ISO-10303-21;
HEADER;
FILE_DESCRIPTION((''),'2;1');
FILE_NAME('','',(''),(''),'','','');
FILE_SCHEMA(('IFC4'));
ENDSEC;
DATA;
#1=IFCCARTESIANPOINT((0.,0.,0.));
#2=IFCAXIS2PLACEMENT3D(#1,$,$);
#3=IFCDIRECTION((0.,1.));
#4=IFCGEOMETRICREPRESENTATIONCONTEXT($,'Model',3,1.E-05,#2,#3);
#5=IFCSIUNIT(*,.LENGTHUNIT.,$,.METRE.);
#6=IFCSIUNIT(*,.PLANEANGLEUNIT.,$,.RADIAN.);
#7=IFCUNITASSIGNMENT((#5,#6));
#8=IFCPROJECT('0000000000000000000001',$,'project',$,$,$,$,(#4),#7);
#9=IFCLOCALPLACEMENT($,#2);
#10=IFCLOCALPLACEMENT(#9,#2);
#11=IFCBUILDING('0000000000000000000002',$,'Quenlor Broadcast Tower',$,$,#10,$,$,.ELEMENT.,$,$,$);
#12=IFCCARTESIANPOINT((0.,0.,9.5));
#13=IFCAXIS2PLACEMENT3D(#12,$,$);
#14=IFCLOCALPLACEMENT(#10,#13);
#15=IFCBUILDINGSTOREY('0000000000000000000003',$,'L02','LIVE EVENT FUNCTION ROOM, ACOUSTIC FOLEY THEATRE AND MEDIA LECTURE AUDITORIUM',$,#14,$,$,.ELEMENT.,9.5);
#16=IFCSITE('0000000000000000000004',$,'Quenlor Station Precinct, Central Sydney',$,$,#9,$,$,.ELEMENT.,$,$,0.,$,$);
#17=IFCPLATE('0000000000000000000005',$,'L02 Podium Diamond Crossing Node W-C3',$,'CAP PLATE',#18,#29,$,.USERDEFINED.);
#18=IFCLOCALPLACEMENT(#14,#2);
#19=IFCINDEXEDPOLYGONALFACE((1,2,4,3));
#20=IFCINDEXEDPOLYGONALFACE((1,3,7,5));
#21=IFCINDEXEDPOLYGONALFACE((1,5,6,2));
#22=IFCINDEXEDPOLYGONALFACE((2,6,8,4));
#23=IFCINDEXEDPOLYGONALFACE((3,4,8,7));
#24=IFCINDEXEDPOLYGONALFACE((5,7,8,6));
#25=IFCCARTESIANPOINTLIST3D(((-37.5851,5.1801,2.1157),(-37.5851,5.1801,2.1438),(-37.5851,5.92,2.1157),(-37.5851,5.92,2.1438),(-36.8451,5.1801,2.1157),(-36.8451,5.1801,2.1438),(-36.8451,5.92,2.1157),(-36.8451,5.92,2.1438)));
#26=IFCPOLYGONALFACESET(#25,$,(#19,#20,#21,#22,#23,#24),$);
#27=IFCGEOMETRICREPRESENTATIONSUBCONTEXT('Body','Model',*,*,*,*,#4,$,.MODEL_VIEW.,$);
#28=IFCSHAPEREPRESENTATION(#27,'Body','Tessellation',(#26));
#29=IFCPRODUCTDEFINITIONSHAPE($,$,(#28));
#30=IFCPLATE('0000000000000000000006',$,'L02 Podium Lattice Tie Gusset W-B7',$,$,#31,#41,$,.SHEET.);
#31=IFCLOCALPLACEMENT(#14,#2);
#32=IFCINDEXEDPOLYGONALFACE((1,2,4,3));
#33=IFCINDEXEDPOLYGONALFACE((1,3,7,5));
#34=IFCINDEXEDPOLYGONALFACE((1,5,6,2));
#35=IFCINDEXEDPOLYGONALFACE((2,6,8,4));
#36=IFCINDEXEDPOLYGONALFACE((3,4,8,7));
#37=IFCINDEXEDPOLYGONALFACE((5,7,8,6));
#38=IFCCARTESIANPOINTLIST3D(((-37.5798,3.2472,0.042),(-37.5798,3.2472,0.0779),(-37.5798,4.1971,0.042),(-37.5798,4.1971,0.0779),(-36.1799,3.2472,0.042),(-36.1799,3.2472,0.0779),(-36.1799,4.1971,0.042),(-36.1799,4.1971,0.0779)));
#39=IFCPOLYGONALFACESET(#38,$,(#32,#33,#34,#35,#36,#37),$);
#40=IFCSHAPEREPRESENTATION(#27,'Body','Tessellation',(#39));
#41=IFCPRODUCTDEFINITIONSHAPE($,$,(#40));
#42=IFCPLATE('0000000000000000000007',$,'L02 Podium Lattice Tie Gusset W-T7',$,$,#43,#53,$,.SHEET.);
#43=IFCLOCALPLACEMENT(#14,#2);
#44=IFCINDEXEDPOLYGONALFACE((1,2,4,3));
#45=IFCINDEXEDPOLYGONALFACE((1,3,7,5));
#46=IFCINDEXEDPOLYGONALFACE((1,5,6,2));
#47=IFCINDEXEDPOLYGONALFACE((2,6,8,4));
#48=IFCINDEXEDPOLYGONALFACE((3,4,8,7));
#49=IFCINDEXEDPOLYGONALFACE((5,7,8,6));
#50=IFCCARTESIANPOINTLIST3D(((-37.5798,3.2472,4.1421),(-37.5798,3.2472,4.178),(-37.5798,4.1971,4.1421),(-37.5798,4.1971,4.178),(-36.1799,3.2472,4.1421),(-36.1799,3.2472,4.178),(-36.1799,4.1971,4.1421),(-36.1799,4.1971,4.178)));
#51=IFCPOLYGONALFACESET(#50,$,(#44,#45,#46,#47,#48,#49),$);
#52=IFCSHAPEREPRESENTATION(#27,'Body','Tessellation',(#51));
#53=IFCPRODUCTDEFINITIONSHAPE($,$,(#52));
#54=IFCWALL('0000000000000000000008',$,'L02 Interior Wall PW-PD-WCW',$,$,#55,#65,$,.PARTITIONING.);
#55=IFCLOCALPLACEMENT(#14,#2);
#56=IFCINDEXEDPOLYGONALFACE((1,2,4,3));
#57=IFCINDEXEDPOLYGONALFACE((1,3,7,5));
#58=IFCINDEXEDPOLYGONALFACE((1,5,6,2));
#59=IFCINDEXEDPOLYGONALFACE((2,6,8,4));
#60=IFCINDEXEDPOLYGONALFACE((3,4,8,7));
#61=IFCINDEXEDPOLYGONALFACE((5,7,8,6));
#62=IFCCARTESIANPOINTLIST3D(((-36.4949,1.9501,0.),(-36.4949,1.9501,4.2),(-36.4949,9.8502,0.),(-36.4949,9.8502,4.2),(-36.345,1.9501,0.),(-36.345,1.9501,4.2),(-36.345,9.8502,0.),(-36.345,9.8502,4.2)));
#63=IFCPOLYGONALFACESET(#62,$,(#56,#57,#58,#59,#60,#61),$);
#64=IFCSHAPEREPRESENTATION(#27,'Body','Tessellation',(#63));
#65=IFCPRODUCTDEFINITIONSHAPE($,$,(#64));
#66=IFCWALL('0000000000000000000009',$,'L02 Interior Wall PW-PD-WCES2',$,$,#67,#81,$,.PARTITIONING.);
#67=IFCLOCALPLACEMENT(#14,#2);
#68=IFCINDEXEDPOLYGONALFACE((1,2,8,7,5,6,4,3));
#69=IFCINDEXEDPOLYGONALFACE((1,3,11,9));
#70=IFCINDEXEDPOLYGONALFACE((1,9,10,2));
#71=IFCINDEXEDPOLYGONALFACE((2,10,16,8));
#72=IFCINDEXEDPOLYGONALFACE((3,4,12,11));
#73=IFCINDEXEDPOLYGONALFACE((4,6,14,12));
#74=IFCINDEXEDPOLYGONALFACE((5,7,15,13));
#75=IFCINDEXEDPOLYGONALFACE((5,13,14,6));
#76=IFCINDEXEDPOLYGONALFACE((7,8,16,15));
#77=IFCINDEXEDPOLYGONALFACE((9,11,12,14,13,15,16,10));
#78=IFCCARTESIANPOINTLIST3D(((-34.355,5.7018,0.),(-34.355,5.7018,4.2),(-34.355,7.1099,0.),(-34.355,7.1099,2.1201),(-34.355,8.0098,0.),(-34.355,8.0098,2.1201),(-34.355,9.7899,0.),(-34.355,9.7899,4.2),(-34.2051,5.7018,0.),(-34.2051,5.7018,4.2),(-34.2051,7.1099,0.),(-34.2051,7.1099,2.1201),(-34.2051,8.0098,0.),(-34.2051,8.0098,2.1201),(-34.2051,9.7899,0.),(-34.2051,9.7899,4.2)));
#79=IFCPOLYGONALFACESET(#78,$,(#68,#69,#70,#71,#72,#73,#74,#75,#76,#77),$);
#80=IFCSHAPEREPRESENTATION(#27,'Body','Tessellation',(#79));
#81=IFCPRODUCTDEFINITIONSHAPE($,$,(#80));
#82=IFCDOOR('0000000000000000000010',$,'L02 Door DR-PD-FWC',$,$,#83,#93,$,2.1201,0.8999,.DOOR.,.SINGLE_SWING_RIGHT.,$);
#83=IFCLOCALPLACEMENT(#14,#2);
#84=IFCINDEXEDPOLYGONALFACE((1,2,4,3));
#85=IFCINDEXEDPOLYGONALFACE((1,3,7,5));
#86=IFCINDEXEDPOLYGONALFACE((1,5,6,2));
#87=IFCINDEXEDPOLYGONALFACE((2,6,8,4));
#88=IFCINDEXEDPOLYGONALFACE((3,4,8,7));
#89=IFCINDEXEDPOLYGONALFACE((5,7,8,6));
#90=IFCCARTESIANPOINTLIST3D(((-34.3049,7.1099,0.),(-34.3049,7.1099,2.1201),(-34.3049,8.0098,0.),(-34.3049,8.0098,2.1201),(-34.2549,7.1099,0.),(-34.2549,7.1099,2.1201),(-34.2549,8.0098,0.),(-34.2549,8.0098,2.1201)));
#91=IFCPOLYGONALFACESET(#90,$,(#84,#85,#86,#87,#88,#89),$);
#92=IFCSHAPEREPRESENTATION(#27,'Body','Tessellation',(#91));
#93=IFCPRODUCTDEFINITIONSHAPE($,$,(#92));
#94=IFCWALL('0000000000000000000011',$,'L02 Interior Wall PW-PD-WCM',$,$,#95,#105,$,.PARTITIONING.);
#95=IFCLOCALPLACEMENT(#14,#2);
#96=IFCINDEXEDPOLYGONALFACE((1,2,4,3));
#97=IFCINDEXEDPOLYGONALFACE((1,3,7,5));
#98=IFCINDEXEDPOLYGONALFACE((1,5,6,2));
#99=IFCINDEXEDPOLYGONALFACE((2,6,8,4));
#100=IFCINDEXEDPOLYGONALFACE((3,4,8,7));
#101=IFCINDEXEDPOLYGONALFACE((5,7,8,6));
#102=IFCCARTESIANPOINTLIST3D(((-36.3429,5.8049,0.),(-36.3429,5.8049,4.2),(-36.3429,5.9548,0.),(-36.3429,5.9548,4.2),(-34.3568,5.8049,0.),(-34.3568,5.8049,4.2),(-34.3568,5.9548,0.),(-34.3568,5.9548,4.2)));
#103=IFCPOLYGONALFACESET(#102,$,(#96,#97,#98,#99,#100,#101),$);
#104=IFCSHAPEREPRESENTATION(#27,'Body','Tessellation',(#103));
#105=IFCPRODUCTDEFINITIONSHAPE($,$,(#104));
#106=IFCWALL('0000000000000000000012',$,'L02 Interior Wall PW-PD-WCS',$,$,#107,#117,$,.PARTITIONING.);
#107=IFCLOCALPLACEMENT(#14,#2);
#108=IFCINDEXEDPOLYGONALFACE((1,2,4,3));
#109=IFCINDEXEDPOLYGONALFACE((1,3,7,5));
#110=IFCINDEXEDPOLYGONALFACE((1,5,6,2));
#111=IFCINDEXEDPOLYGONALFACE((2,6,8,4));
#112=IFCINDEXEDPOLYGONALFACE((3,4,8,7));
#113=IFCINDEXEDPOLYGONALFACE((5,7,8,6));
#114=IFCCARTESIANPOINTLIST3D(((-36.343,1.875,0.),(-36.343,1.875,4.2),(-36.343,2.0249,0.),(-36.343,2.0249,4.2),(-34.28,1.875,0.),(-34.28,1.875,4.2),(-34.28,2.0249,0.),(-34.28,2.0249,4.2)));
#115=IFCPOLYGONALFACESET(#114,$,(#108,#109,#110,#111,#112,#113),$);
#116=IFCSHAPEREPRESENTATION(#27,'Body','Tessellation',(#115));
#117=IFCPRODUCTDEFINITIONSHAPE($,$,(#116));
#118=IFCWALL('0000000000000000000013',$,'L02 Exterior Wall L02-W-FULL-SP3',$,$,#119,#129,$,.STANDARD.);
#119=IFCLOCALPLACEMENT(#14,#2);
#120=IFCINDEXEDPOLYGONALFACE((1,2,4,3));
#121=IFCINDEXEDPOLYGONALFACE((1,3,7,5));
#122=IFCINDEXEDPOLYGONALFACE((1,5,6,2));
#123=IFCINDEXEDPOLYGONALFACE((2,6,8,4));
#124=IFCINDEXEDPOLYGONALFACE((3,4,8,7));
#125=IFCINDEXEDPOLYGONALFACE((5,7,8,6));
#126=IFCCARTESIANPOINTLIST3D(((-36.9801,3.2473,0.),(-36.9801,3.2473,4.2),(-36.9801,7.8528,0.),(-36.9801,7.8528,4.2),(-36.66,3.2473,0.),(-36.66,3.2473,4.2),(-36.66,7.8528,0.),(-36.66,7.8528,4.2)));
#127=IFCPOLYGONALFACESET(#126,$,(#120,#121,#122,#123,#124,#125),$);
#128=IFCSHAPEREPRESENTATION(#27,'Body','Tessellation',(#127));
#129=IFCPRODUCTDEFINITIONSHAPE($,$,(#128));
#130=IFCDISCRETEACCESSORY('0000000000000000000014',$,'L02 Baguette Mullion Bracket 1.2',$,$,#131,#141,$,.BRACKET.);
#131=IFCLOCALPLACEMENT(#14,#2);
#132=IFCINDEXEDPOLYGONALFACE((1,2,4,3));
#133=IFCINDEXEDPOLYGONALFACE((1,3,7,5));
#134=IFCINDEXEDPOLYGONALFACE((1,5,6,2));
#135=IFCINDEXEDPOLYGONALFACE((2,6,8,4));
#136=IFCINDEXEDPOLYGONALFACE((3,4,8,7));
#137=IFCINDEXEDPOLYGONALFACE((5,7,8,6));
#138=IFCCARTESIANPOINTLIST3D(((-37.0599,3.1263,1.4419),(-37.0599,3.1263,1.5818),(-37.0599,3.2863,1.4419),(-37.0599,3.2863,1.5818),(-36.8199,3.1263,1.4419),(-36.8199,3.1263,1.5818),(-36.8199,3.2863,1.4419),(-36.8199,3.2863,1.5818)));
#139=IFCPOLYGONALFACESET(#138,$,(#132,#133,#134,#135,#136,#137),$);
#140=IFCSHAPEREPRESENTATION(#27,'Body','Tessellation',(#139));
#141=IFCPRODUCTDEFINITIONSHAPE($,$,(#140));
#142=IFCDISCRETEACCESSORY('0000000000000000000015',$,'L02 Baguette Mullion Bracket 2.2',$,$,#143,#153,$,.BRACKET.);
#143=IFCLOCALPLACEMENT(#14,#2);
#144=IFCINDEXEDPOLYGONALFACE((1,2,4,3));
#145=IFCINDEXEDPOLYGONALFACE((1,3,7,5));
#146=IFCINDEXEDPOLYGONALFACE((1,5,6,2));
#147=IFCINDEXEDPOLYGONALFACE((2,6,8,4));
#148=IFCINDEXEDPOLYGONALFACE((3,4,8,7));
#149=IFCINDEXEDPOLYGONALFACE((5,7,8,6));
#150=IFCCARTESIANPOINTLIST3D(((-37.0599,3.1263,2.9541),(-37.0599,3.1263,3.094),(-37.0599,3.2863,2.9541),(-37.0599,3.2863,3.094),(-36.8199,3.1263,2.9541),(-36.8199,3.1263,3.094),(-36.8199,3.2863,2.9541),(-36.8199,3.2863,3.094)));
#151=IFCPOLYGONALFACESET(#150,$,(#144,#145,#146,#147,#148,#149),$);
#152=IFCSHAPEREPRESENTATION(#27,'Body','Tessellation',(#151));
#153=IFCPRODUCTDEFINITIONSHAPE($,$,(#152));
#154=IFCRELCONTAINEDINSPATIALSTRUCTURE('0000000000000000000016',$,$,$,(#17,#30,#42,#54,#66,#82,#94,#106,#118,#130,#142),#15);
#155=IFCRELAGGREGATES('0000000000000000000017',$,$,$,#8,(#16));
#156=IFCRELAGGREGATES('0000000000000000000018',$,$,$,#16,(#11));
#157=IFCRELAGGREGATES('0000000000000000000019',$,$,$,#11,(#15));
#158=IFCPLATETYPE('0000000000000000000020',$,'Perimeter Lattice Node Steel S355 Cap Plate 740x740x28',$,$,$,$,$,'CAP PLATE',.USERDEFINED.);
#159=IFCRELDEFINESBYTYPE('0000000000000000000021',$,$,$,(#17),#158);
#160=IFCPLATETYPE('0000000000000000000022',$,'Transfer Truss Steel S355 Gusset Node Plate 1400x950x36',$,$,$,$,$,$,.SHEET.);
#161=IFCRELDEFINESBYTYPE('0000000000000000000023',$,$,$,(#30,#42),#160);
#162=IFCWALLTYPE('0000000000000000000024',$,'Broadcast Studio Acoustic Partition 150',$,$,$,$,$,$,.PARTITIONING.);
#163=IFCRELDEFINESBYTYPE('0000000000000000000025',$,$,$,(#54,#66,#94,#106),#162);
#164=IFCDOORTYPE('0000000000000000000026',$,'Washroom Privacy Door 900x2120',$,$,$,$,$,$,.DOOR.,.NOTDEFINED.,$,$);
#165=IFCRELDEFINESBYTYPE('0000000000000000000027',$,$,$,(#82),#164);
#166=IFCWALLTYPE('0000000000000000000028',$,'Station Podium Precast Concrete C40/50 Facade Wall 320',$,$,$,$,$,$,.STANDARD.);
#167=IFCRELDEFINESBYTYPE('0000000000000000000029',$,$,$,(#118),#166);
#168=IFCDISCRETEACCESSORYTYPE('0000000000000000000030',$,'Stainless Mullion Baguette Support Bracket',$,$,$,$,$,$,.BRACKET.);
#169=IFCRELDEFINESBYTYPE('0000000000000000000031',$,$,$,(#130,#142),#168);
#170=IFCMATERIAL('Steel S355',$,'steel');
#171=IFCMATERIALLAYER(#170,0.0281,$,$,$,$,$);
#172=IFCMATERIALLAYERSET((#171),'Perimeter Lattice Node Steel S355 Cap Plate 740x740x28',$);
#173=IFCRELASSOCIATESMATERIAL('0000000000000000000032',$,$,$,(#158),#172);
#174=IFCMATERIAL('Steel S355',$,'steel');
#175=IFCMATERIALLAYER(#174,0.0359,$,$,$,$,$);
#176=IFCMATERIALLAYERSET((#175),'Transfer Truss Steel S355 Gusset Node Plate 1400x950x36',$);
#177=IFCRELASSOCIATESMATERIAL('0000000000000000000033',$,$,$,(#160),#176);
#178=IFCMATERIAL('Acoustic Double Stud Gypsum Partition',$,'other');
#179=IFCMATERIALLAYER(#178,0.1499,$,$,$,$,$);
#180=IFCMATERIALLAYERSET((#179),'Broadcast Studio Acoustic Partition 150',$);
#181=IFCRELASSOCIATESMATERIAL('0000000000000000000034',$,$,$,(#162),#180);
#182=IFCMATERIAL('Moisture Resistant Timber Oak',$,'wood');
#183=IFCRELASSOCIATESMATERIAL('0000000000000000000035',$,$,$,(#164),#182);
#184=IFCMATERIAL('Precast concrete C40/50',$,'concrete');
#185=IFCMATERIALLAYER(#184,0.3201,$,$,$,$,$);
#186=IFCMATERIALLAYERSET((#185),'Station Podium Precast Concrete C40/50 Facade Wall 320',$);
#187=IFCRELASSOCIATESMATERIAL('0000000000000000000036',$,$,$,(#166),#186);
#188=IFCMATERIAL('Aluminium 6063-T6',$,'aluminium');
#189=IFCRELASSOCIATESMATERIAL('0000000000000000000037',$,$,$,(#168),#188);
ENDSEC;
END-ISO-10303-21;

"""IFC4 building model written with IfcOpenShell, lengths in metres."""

from ifc_helpers import new_model, si_unit, direction, frame, frame_2d, origin, origin_2d, place, context, subcontext, project, spatial, rectangle, extrude, material, layer, layer_set, type_object, element, fill, save


model = new_model("IFC4")

# Units and contexts
model_context = context("Model", 3, precision=1e-05, world=origin(), true_north=direction((0.0, 1.0)))
body_context = subcontext(model_context, "Body", "Model", "MODEL_VIEW")
ifc_project = project(units=[si_unit("LENGTHUNIT", "METRE"), si_unit("PLANEANGLEUNIT", "RADIAN")], contexts=[model_context])

# Site, building, storey
site_placement = place(None, origin())
site = spatial("IfcSite", under=ifc_project, at=site_placement, Name="Quenlor Station Precinct, Central Sydney", CompositionType="ELEMENT", RefElevation=0.0)
building_placement = place(site_placement, origin())
building = spatial("IfcBuilding", under=site, at=building_placement, Name="Quenlor Broadcast Tower", CompositionType="ELEMENT")
storey_placement = place(building_placement, frame((0.0, 0.0, 9.5)))
storey = spatial("IfcBuildingStorey", under=building, at=storey_placement, Name="L02", Description="LIVE EVENT FUNCTION ROOM, ACOUSTIC FOLEY THEATRE AND MEDIA LECTURE AUDITORIUM", CompositionType="ELEMENT", Elevation=9.5)

# Plates
ifc_material_1 = material(Name="Steel S355", Category="steel")
ifc_layer_1 = layer(ifc_material_1, 0.0281)
ifc_layer_set_1 = layer_set([ifc_layer_1], Name="Perimeter Lattice Node Steel S355 Cap Plate 740x740x28")
plate_type_1 = type_object("IfcPlateType", Name="Perimeter Lattice Node Steel S355 Cap Plate 740x740x28", ElementType="CAP PLATE", PredefinedType="USERDEFINED", material=ifc_layer_set_1)
plate_1_placement = place(storey_placement, frame((-37.2151, 5.55, 2.1157), z_axis=(0.0, 0.0, 1.0), x_axis=(0.0, 1.0, 0.0)))
element("IfcPlate", 1, at=plate_1_placement, inside=storey, type_object=plate_type_1, Name="L02 Podium Diamond Crossing Node W-C3", ObjectType="CAP PLATE", PredefinedType="USERDEFINED", context=body_context, shape_type="SweptSolid", body=[
    extrude(rectangle(XDim=0.74, YDim=0.74, at=origin_2d()), origin(), (0.0, 0.0, 1.0), 0.0281),
])
ifc_material_2 = material(Name="Steel S355", Category="steel")
ifc_layer_2 = layer(ifc_material_2, 0.0359)
ifc_layer_set_2 = layer_set([ifc_layer_2], Name="Transfer Truss Steel S355 Gusset Node Plate 1400x950x36")
plate_type_2 = type_object("IfcPlateType", Name="Transfer Truss Steel S355 Gusset Node Plate 1400x950x36", PredefinedType="SHEET", material=ifc_layer_set_2)
for number, where, z_axis, x_axis, name in (
    (2, (-36.8799, 3.7222, 0.042), (0.0, 0.0, 1.0), (-1.0, 0.0, 0.0), "L02 Podium Lattice Tie Gusset W-B7"),
    (3, (-36.8799, 3.7222, 4.1421), (0.0, 0.0, 1.0), (-1.0, 0.0, 0.0), "L02 Podium Lattice Tie Gusset W-T7"),
):
    element("IfcPlate", number, at=place(storey_placement, frame(where, z_axis=z_axis, x_axis=x_axis)), inside=storey, type_object=plate_type_2, Name=name, PredefinedType="SHEET", context=body_context, shape_type="SweptSolid", body=[
        extrude(rectangle(XDim=1.3999, YDim=0.95, at=origin_2d()), origin(), (0.0, 0.0, 1.0), 0.0359),
    ])

# Wall
ifc_material_3 = material(Name="Acoustic Double Stud Gypsum Partition", Category="other")
ifc_layer_3 = layer(ifc_material_3, 0.1499)
ifc_layer_set_3 = layer_set([ifc_layer_3], Name="Broadcast Studio Acoustic Partition 150")
wall_type_1 = type_object("IfcWallType", Name="Broadcast Studio Acoustic Partition 150", PredefinedType="PARTITIONING", material=ifc_layer_set_3)
wall_1_placement = place(storey_placement, frame((-36.4199, 1.95, 0.0), z_axis=(0.0, 0.0, 1.0), x_axis=(0.0, 1.0, 0.0)))
element("IfcWall", 4, at=wall_1_placement, inside=storey, type_object=wall_type_1, Name="L02 Interior Wall PW-PD-WCW", PredefinedType="PARTITIONING", context=body_context, shape_type="SweptSolid", body=[
    extrude(rectangle(XDim=7.9001, YDim=0.1499, at=frame_2d((3.9502, 0.0))), origin(), (0.0, 0.0, 1.0), 4.2),
])

# Wall, opening, door
ifc_material_4 = material(Name="Moisture Resistant Timber Oak", Category="wood")
door_type = type_object("IfcDoorType", Name="Washroom Privacy Door 900x2120", OperationType="NOTDEFINED", PredefinedType="DOOR", material=ifc_material_4)
wall_2_placement = place(storey_placement, frame((-34.28, 5.7019, 0.0), z_axis=(0.0, 0.0, 1.0), x_axis=(0.0, 1.0, 0.0)))
wall_2 = element("IfcWall", 5, at=wall_2_placement, inside=storey, type_object=wall_type_1, Name="L02 Interior Wall PW-PD-WCES2", PredefinedType="PARTITIONING", context=body_context, shape_type="SweptSolid", body=[
    extrude(rectangle(XDim=4.0881, YDim=0.1499, at=frame_2d((2.0439, 0.0))), origin(), (0.0, 0.0, 1.0), 4.2),
])
opening_1_placement = place(wall_2_placement, frame((1.408, 0.0, 0.0)))
opening_1 = element("IfcOpeningElement", 6, at=opening_1_placement, cuts=wall_2, PredefinedType="OPENING", context=body_context, shape_type="SweptSolid", body=[
    extrude(rectangle(XDim=0.8999, YDim=2.1201, at=frame_2d((0.45, 1.0601))), frame((0.0, 0.085, 0.0), z_axis=(0.0, -1.0, 0.0), x_axis=(1.0, 0.0, 0.0)), (0.0, 0.0, 1.0), 0.1699),
])
door_1_placement = place(opening_1_placement, origin())
door_1 = element("IfcDoor", 7, at=door_1_placement, inside=storey, type_object=door_type, Name="L02 Door DR-PD-FWC", OperationType="SINGLE_SWING_RIGHT", OverallHeight=2.1201, OverallWidth=0.8999, PredefinedType="DOOR", context=body_context, shape_type="SweptSolid", body=[
    extrude(rectangle(XDim=0.8999, YDim=2.1201, at=frame_2d((0.45, 1.0601))), frame((0.0, 0.0249, 0.0), z_axis=(0.0, -1.0, 0.0), x_axis=(1.0, 0.0, 0.0)), (0.0, 0.0, 1.0), 0.05),
])
fill(opening_1, door_1)

# Walls
wall_3_placement = place(storey_placement, frame((-36.343, 5.8799, 0.0), z_axis=(0.0, 0.0, 1.0), x_axis=(1.0, 0.0, 0.0)))
element("IfcWall", 8, at=wall_3_placement, inside=storey, type_object=wall_type_1, Name="L02 Interior Wall PW-PD-WCM", PredefinedType="PARTITIONING", context=body_context, shape_type="SweptSolid", body=[
    extrude(rectangle(XDim=1.9861, YDim=0.1499, at=frame_2d((0.9932, 0.0))), origin(), (0.0, 0.0, 1.0), 4.2),
])
wall_4_placement = place(storey_placement, frame((-36.343, 1.95, 0.0), z_axis=(0.0, 0.0, 1.0), x_axis=(1.0, 0.0, 0.0)))
element("IfcWall", 9, at=wall_4_placement, inside=storey, type_object=wall_type_1, Name="L02 Interior Wall PW-PD-WCS", PredefinedType="PARTITIONING", context=body_context, shape_type="SweptSolid", body=[
    extrude(rectangle(XDim=2.063, YDim=0.1499, at=frame_2d((1.0315, 0.0))), origin(), (0.0, 0.0, 1.0), 4.2),
])
ifc_material_5 = material(Name="Precast concrete C40/50", Category="concrete")
ifc_layer_4 = layer(ifc_material_5, 0.3201)
ifc_layer_set_4 = layer_set([ifc_layer_4], Name="Station Podium Precast Concrete C40/50 Facade Wall 320")
wall_type_2 = type_object("IfcWallType", Name="Station Podium Precast Concrete C40/50 Facade Wall 320", PredefinedType="STANDARD", material=ifc_layer_set_4)
wall_5_placement = place(storey_placement, frame((-36.8201, 3.2473, 0.0), z_axis=(0.0, 0.0, 1.0), x_axis=(0.0, 1.0, 0.0)))
element("IfcWall", 10, at=wall_5_placement, inside=storey, type_object=wall_type_2, Name="L02 Exterior Wall L02-W-FULL-SP3", PredefinedType="STANDARD", context=body_context, shape_type="SweptSolid", body=[
    extrude(rectangle(XDim=4.6055, YDim=0.3201, at=frame_2d((2.3027, 0.0))), origin(), (0.0, 0.0, 1.0), 4.2),
])

# Discrete accessories
ifc_material_6 = material(Name="Aluminium 6063-T6", Category="aluminium")
discrete_accessory_type = type_object("IfcDiscreteAccessoryType", Name="Stainless Mullion Baguette Support Bracket", PredefinedType="BRACKET", material=ifc_material_6)
for number, where, z_axis, x_axis, name in (
    (11, (-36.9399, 3.2063, 1.4419), (0.0, 0.0, 1.0), (0.0, 1.0, 0.0), "L02 Baguette Mullion Bracket 1.2"),
    (12, (-36.9399, 3.2063, 2.9541), (0.0, 0.0, 1.0), (0.0, 1.0, 0.0), "L02 Baguette Mullion Bracket 2.2"),
):
    element("IfcDiscreteAccessory", number, at=place(storey_placement, frame(where, z_axis=z_axis, x_axis=x_axis)), inside=storey, type_object=discrete_accessory_type, Name=name, PredefinedType="BRACKET", context=body_context, shape_type="SweptSolid", body=[
        extrude(rectangle(XDim=0.1599, YDim=0.24, at=origin_2d()), origin(), (0.0, 0.0, 1.0), 0.1399),
    ])

save(model, "model.ifc")
